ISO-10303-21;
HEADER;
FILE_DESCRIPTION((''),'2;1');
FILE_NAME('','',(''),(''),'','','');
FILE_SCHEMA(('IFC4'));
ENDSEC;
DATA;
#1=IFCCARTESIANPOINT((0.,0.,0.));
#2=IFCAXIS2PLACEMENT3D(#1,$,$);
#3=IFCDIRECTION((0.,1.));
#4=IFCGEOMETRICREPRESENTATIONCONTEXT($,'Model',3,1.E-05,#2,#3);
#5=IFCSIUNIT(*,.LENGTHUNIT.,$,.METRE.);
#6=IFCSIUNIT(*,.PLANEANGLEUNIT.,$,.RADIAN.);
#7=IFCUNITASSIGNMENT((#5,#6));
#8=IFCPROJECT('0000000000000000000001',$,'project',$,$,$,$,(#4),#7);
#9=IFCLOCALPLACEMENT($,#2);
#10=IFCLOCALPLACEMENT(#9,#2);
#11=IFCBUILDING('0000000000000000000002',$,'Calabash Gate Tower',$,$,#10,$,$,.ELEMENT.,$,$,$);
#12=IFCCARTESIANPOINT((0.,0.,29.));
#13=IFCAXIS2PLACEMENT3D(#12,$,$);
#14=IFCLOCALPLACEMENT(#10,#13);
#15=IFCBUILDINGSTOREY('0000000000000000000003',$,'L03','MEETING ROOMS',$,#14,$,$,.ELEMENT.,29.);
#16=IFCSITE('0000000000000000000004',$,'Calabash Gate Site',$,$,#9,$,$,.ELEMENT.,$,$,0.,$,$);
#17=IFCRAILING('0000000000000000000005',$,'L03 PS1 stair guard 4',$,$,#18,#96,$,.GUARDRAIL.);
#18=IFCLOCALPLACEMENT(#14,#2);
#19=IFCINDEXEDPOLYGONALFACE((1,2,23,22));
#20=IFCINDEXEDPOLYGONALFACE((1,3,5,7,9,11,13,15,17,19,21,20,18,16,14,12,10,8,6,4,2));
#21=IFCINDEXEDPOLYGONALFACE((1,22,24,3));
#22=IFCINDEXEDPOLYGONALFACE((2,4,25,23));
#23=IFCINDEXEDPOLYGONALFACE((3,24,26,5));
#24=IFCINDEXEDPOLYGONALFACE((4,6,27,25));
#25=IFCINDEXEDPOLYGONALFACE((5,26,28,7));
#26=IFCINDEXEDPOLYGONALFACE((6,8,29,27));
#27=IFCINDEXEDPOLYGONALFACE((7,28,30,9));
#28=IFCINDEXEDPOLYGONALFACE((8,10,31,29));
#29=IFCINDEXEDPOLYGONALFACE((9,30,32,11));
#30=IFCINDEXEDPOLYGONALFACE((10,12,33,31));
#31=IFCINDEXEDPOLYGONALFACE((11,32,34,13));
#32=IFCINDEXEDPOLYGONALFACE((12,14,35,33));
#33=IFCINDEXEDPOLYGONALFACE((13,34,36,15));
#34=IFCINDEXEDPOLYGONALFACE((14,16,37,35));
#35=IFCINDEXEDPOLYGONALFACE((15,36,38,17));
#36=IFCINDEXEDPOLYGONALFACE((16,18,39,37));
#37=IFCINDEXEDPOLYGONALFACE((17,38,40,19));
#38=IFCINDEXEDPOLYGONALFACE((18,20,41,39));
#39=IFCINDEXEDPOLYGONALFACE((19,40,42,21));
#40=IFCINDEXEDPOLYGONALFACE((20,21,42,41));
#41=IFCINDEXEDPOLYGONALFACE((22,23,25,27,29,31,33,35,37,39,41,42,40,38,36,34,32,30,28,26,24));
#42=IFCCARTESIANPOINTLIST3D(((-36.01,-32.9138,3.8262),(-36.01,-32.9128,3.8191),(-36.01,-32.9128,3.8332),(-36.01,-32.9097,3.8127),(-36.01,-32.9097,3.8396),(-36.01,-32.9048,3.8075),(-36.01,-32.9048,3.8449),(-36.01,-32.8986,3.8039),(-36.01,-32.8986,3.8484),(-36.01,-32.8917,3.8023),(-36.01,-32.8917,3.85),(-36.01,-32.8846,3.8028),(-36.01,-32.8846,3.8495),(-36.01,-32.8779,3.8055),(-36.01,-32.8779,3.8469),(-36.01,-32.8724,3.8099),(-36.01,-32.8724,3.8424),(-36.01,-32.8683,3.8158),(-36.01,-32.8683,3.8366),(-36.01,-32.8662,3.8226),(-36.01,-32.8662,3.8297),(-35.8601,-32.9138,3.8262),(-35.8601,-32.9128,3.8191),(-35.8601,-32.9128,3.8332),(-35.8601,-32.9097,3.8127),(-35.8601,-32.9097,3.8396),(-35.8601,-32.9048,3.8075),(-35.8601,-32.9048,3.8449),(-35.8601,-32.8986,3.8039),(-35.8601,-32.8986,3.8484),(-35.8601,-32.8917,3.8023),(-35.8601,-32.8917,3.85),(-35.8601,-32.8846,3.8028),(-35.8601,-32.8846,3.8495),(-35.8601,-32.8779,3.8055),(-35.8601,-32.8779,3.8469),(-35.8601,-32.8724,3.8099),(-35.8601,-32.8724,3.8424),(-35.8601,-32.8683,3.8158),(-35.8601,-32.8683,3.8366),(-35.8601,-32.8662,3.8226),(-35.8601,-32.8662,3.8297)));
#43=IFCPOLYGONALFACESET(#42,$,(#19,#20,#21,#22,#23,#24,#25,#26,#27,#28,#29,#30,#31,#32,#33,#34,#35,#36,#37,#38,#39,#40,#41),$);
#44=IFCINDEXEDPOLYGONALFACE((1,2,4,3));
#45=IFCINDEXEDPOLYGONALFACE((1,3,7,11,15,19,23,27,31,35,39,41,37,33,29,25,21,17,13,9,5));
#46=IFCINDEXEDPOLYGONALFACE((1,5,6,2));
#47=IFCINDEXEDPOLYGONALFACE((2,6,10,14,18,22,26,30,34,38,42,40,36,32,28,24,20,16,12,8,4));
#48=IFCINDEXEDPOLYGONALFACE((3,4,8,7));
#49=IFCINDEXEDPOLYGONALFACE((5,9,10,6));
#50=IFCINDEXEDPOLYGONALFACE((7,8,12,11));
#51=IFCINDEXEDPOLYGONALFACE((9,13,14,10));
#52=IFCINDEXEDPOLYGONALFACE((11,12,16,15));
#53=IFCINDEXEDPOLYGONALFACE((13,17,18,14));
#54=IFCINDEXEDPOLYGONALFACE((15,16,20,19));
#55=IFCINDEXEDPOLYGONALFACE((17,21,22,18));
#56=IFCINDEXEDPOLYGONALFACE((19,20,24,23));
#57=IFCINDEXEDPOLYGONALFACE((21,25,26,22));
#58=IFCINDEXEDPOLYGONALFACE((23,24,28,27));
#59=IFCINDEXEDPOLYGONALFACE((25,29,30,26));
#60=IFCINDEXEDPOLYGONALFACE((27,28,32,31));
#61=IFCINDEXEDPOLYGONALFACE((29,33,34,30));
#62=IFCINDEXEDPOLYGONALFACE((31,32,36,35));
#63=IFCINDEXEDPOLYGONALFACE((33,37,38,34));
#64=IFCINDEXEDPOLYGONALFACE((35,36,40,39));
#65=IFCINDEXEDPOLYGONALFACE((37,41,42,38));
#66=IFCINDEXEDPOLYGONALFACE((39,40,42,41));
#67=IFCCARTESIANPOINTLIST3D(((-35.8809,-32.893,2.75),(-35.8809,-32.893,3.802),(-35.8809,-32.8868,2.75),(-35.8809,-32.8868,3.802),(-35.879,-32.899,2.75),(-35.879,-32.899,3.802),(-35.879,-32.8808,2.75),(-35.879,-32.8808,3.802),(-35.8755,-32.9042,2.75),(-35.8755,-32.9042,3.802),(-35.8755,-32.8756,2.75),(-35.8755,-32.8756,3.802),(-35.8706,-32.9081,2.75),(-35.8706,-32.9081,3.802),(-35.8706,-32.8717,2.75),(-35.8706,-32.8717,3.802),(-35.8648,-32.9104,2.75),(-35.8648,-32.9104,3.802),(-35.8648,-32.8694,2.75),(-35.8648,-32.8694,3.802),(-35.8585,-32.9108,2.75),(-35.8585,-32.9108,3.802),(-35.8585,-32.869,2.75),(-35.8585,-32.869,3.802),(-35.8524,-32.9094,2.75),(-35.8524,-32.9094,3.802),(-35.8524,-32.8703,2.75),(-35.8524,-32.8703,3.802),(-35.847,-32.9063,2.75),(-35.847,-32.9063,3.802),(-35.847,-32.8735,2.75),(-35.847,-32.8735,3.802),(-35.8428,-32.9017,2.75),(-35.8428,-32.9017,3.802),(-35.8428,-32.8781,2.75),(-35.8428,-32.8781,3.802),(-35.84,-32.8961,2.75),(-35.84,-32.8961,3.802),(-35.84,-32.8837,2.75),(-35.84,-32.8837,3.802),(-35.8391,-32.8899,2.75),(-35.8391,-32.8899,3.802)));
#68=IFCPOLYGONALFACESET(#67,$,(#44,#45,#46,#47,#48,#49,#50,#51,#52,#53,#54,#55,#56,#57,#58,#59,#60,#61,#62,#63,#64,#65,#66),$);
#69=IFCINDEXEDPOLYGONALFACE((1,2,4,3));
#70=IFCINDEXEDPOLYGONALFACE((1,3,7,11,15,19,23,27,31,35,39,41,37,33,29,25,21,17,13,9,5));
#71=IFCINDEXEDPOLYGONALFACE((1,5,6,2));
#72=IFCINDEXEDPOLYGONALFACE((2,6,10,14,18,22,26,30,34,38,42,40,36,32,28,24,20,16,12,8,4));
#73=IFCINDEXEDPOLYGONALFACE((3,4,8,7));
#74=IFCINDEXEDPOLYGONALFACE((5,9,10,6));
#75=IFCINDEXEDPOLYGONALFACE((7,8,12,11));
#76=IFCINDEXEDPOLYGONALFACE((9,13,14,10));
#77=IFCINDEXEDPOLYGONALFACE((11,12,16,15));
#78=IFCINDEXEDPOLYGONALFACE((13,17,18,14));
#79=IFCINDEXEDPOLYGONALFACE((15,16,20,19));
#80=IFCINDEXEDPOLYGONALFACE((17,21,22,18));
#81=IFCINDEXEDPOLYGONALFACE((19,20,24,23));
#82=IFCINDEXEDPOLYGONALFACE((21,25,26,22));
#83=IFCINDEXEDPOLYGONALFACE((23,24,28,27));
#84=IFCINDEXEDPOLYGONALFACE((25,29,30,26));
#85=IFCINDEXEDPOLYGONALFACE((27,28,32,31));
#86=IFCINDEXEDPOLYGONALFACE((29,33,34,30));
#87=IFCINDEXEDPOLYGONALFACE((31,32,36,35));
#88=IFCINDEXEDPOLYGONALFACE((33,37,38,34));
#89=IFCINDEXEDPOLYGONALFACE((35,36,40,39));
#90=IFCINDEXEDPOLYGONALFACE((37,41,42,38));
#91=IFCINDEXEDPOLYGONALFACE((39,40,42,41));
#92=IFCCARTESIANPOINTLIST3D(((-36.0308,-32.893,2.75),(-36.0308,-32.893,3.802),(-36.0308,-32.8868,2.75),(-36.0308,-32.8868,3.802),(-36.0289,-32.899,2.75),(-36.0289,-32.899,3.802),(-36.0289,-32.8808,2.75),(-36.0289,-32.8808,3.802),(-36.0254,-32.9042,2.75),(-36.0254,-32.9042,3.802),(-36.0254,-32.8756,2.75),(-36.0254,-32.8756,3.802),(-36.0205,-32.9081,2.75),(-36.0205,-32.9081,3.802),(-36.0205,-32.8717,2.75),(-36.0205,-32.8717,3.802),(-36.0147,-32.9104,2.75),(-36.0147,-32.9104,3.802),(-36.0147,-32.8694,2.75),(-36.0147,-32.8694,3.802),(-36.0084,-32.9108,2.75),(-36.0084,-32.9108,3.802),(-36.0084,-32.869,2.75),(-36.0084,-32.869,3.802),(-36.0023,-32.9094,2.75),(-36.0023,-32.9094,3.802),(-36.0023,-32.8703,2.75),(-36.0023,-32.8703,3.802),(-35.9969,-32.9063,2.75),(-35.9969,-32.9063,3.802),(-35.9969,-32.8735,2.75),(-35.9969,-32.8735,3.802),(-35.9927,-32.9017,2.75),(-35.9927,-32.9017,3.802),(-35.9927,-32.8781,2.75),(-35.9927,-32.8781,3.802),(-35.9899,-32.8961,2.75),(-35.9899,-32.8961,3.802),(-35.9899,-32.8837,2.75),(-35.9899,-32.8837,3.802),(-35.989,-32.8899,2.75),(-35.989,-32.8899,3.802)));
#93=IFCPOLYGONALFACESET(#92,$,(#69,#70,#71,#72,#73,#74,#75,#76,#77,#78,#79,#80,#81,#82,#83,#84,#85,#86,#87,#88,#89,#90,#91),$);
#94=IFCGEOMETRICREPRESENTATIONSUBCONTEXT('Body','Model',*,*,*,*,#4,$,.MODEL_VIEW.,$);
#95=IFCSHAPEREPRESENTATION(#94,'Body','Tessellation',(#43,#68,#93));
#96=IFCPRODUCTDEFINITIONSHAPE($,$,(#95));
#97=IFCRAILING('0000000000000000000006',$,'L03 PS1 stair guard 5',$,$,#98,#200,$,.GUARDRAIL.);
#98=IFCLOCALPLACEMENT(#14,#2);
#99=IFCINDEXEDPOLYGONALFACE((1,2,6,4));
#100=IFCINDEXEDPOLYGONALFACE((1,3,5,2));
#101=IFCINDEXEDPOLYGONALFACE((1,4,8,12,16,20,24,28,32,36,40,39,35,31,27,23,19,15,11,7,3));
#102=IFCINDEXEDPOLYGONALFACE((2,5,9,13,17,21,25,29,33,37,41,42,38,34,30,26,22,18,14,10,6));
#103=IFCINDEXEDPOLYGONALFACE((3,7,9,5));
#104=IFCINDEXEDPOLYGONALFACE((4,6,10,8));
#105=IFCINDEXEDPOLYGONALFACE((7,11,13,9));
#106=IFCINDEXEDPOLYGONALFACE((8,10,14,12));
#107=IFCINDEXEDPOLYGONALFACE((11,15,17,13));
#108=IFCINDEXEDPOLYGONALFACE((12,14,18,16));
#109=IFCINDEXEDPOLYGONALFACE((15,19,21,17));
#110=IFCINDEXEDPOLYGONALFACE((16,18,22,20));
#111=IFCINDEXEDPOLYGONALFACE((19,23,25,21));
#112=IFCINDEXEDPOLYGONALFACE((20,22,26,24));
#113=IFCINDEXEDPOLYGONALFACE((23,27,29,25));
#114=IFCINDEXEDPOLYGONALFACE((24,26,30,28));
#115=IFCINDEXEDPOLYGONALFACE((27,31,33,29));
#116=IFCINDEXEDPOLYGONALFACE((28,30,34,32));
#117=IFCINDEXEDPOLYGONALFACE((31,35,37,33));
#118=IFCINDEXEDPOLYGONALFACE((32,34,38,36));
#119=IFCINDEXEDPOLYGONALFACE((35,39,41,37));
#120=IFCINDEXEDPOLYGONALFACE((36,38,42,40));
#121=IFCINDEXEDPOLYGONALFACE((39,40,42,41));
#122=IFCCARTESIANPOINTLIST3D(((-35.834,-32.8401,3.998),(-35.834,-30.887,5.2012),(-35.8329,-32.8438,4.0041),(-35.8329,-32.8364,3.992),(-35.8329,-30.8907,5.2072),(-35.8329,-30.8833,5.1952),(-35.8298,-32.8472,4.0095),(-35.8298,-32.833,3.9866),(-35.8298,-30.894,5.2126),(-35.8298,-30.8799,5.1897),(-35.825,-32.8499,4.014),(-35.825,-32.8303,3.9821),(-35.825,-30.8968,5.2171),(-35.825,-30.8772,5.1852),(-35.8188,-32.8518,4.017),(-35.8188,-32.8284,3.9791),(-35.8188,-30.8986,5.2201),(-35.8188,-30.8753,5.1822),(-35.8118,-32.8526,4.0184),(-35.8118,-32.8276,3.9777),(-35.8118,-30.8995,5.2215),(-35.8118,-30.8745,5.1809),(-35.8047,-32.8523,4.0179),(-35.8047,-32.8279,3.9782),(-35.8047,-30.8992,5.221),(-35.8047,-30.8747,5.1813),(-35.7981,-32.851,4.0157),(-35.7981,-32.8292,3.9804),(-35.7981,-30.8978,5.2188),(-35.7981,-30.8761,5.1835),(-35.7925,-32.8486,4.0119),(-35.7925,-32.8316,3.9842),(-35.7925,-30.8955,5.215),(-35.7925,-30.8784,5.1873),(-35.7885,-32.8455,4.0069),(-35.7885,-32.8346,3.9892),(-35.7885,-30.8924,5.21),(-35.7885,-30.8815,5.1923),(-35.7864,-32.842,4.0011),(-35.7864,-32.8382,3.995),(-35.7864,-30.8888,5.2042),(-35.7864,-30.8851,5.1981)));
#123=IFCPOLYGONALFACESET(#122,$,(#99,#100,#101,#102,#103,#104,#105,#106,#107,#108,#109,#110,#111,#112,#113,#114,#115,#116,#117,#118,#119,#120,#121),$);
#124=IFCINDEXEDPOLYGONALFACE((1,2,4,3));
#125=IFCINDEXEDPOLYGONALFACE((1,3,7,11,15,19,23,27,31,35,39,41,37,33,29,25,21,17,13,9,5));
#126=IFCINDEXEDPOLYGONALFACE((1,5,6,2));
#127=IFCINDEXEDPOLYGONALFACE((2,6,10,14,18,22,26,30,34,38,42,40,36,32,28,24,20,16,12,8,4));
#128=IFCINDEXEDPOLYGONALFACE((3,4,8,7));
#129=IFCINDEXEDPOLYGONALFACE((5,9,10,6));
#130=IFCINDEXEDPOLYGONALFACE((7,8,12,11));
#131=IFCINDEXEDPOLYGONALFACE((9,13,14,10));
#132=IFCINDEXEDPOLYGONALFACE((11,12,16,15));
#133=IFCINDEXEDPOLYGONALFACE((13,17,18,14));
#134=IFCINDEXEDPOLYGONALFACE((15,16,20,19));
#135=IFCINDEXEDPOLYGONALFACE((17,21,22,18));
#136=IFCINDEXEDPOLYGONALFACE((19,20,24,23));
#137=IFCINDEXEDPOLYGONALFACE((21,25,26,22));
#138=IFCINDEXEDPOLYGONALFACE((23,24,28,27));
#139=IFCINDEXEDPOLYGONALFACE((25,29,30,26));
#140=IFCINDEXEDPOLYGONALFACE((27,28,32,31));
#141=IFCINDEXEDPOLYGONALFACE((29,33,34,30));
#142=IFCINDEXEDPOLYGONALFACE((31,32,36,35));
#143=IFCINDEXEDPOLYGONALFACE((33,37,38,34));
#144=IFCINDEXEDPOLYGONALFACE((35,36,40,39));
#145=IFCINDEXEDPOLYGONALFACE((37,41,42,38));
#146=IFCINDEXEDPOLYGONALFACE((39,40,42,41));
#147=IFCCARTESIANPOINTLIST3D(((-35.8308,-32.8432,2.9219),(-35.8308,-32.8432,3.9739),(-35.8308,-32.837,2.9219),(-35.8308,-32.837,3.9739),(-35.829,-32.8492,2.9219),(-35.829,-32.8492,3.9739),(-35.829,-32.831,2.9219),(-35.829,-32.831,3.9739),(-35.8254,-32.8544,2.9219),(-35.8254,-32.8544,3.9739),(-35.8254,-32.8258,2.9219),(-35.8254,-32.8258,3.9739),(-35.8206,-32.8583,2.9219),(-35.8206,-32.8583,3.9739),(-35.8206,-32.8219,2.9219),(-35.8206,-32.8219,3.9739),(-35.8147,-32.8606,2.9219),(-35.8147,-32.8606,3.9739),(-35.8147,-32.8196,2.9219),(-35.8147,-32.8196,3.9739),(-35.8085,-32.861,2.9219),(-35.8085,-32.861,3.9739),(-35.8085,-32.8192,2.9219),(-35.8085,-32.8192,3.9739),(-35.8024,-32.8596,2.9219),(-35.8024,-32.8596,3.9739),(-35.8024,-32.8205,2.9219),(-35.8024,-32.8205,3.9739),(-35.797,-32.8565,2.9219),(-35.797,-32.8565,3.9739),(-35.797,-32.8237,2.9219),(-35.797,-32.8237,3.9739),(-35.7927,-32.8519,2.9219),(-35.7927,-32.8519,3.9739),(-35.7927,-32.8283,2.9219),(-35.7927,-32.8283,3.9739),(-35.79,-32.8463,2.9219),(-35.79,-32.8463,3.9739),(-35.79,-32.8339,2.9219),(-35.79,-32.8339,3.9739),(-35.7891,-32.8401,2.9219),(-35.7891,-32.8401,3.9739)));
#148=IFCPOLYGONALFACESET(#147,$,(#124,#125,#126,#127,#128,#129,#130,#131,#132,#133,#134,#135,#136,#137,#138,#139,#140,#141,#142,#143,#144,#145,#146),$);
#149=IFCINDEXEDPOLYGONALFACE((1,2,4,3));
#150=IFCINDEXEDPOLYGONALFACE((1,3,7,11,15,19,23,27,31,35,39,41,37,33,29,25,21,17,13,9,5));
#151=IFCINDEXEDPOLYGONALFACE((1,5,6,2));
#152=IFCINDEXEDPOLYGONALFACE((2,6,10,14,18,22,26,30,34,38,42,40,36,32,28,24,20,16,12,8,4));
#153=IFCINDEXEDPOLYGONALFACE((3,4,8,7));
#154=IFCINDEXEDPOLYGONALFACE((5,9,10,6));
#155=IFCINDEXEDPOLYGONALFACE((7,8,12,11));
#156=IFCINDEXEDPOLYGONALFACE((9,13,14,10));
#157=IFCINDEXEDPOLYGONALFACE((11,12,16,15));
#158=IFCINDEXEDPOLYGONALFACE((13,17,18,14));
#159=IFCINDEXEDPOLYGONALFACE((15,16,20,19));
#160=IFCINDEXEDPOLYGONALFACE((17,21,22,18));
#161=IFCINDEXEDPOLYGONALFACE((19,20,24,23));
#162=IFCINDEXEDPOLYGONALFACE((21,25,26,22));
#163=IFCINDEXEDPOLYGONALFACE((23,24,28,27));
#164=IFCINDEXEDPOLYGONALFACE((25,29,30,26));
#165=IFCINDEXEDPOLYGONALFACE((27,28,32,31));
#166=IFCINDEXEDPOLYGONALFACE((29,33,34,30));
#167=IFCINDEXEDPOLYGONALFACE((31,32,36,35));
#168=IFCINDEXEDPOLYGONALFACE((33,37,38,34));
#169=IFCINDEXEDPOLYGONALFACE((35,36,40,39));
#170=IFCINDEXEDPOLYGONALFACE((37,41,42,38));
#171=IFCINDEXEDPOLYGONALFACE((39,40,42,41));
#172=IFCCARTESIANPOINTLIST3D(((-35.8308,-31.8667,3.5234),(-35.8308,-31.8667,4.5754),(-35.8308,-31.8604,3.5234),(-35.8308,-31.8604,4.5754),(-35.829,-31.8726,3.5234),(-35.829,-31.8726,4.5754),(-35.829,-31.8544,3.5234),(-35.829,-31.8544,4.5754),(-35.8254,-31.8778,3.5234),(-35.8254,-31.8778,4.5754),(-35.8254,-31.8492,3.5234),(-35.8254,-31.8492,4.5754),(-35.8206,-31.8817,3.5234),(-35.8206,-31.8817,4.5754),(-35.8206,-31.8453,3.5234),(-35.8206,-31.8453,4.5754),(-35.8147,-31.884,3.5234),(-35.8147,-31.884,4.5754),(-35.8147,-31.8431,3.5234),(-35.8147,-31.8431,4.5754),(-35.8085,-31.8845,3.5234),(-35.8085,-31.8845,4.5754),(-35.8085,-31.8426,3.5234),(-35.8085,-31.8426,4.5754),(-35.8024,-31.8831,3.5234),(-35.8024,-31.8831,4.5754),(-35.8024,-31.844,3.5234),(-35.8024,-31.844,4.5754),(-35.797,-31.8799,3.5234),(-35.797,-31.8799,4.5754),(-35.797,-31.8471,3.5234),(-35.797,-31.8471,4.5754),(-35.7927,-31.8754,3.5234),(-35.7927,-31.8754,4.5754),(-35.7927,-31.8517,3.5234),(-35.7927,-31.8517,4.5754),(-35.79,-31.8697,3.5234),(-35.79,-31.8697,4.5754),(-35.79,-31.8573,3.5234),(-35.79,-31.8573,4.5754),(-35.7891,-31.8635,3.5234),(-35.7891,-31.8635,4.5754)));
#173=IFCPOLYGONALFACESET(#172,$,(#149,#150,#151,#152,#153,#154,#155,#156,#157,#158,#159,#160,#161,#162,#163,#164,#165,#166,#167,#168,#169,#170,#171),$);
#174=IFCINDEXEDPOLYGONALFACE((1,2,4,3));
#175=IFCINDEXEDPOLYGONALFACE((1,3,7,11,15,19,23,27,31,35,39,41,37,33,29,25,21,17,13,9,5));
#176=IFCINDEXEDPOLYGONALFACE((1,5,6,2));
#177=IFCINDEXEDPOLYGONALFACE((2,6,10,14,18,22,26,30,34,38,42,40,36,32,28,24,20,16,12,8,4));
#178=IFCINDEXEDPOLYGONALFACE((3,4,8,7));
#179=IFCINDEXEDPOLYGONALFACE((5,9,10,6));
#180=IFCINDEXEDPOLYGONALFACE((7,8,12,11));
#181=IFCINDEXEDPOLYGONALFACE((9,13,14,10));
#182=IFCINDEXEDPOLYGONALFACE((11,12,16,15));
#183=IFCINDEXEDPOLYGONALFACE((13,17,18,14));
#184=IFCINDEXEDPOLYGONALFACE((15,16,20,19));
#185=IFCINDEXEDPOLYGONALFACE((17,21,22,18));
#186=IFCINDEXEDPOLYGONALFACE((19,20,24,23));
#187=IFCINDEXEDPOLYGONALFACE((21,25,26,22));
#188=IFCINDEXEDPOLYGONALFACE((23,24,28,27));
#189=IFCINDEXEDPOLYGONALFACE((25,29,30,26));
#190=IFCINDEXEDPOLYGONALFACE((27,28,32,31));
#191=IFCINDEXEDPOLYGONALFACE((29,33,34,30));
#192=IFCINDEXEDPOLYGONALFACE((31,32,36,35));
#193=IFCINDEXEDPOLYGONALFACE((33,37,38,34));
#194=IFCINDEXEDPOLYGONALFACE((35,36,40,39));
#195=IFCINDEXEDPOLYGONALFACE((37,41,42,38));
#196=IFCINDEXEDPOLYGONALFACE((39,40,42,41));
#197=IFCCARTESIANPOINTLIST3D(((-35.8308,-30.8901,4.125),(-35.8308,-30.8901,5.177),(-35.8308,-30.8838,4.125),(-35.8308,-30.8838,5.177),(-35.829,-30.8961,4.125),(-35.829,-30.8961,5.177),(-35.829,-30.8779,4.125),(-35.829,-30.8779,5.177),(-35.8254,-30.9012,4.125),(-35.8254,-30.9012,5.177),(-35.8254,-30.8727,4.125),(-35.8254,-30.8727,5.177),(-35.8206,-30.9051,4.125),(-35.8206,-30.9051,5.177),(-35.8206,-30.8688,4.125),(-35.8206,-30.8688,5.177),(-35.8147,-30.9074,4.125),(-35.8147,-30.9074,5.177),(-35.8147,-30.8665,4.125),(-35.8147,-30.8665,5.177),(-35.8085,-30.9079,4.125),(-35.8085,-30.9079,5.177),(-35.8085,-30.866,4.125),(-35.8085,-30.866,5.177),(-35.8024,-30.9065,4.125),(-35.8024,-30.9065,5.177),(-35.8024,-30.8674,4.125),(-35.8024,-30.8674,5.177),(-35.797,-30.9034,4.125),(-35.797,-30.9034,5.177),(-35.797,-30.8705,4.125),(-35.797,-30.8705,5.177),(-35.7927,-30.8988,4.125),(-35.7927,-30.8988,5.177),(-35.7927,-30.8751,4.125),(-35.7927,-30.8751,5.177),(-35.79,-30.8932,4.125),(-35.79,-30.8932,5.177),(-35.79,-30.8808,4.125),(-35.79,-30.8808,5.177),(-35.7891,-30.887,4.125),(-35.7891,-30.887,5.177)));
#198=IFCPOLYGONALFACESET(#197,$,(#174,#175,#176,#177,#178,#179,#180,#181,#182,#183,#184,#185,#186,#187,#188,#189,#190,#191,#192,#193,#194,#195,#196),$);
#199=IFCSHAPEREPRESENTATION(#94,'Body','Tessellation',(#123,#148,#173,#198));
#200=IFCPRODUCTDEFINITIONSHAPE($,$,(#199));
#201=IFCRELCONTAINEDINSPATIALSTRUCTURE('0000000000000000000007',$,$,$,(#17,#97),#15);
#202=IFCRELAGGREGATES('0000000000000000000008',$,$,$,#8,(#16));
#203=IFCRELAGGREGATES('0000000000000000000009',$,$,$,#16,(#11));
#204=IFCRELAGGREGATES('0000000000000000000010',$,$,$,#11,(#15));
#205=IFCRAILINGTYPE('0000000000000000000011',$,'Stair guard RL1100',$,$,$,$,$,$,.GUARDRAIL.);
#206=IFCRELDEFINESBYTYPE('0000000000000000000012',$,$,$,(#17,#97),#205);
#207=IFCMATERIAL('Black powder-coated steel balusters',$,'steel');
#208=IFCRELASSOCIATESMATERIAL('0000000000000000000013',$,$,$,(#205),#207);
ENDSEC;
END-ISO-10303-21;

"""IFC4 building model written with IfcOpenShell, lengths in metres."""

from ifc_helpers import new_model, si_unit, direction, frame, origin, origin_2d, place, context, subcontext, project, spatial, circle, extrude, material, type_object, element, save


model = new_model("IFC4")

# Units and contexts
model_context = context("Model", 3, precision=1e-05, world=origin(), true_north=direction((0.0, 1.0)))
body_context = subcontext(model_context, "Body", "Model", "MODEL_VIEW")
ifc_project = project(units=[si_unit("LENGTHUNIT", "METRE"), si_unit("PLANEANGLEUNIT", "RADIAN")], contexts=[model_context])

# Site, building, storey
site_placement = place(None, origin())
site = spatial("IfcSite", under=ifc_project, at=site_placement, Name="Calabash Gate Site", CompositionType="ELEMENT", RefElevation=0.0)
building_placement = place(site_placement, origin())
building = spatial("IfcBuilding", under=site, at=building_placement, Name="Calabash Gate Tower", CompositionType="ELEMENT")
storey_placement = place(building_placement, frame((0.0, 0.0, 29.0)))
storey = spatial("IfcBuildingStorey", under=building, at=storey_placement, Name="L03", Description="MEETING ROOMS", CompositionType="ELEMENT", Elevation=29.0)

# Railings
ifc_material_1 = material(Name="Black powder-coated steel balusters", Category="steel")
railing_type = type_object("IfcRailingType", Name="Stair guard RL1100", PredefinedType="GUARDRAIL", material=ifc_material_1)
railing_1_placement = place(storey_placement, frame((-35.8601, -32.8899, 2.75)))
element("IfcRailing", 1, at=railing_1_placement, inside=storey, type_object=railing_type, Name="L03 PS1 stair guard 4", PredefinedType="GUARDRAIL", context=body_context, shape_type="SweptSolid", body=[
    extrude(circle(Radius=0.0239, at=origin_2d()), frame((0.0, 0.0, 1.0762), z_axis=(-1.0, 0.0, 0.0), x_axis=(0.0, -1.0, 0.0)), (0.0, 0.0, 1.0), 0.1499),
    extrude(circle(Radius=0.021, at=origin_2d()), origin(), (0.0, 0.0, 1.0), 1.052),
    extrude(circle(Radius=0.021, at=origin_2d()), frame((-0.1499, 0.0, 0.0)), (0.0, 0.0, 1.0), 1.052),
])
railing_2_placement = place(storey_placement, frame((-35.8101, -32.8401, 2.9219)))
element("IfcRailing", 2, at=railing_2_placement, inside=storey, type_object=railing_type, Name="L03 PS1 stair guard 5", PredefinedType="GUARDRAIL", context=body_context, shape_type="SweptSolid", body=[
    extrude(circle(Radius=0.0239, at=origin_2d()), frame((0.0, 0.0, 1.0762), z_axis=(0.0, 0.851424, 0.524477), x_axis=(-1.0, 0.0, 0.0)), (0.0, 0.0, 1.0), 2.2939),
    extrude(circle(Radius=0.021, at=origin_2d()), origin(), (0.0, 0.0, 1.0), 1.052),
    extrude(circle(Radius=0.021, at=origin_2d()), frame((0.0, 0.9766, 0.6016)), (0.0, 0.0, 1.0), 1.052),
    extrude(circle(Radius=0.021, at=origin_2d()), frame((0.0, 1.9531, 1.2031)), (0.0, 0.0, 1.0), 1.052),
])

save(model, "model.ifc")
